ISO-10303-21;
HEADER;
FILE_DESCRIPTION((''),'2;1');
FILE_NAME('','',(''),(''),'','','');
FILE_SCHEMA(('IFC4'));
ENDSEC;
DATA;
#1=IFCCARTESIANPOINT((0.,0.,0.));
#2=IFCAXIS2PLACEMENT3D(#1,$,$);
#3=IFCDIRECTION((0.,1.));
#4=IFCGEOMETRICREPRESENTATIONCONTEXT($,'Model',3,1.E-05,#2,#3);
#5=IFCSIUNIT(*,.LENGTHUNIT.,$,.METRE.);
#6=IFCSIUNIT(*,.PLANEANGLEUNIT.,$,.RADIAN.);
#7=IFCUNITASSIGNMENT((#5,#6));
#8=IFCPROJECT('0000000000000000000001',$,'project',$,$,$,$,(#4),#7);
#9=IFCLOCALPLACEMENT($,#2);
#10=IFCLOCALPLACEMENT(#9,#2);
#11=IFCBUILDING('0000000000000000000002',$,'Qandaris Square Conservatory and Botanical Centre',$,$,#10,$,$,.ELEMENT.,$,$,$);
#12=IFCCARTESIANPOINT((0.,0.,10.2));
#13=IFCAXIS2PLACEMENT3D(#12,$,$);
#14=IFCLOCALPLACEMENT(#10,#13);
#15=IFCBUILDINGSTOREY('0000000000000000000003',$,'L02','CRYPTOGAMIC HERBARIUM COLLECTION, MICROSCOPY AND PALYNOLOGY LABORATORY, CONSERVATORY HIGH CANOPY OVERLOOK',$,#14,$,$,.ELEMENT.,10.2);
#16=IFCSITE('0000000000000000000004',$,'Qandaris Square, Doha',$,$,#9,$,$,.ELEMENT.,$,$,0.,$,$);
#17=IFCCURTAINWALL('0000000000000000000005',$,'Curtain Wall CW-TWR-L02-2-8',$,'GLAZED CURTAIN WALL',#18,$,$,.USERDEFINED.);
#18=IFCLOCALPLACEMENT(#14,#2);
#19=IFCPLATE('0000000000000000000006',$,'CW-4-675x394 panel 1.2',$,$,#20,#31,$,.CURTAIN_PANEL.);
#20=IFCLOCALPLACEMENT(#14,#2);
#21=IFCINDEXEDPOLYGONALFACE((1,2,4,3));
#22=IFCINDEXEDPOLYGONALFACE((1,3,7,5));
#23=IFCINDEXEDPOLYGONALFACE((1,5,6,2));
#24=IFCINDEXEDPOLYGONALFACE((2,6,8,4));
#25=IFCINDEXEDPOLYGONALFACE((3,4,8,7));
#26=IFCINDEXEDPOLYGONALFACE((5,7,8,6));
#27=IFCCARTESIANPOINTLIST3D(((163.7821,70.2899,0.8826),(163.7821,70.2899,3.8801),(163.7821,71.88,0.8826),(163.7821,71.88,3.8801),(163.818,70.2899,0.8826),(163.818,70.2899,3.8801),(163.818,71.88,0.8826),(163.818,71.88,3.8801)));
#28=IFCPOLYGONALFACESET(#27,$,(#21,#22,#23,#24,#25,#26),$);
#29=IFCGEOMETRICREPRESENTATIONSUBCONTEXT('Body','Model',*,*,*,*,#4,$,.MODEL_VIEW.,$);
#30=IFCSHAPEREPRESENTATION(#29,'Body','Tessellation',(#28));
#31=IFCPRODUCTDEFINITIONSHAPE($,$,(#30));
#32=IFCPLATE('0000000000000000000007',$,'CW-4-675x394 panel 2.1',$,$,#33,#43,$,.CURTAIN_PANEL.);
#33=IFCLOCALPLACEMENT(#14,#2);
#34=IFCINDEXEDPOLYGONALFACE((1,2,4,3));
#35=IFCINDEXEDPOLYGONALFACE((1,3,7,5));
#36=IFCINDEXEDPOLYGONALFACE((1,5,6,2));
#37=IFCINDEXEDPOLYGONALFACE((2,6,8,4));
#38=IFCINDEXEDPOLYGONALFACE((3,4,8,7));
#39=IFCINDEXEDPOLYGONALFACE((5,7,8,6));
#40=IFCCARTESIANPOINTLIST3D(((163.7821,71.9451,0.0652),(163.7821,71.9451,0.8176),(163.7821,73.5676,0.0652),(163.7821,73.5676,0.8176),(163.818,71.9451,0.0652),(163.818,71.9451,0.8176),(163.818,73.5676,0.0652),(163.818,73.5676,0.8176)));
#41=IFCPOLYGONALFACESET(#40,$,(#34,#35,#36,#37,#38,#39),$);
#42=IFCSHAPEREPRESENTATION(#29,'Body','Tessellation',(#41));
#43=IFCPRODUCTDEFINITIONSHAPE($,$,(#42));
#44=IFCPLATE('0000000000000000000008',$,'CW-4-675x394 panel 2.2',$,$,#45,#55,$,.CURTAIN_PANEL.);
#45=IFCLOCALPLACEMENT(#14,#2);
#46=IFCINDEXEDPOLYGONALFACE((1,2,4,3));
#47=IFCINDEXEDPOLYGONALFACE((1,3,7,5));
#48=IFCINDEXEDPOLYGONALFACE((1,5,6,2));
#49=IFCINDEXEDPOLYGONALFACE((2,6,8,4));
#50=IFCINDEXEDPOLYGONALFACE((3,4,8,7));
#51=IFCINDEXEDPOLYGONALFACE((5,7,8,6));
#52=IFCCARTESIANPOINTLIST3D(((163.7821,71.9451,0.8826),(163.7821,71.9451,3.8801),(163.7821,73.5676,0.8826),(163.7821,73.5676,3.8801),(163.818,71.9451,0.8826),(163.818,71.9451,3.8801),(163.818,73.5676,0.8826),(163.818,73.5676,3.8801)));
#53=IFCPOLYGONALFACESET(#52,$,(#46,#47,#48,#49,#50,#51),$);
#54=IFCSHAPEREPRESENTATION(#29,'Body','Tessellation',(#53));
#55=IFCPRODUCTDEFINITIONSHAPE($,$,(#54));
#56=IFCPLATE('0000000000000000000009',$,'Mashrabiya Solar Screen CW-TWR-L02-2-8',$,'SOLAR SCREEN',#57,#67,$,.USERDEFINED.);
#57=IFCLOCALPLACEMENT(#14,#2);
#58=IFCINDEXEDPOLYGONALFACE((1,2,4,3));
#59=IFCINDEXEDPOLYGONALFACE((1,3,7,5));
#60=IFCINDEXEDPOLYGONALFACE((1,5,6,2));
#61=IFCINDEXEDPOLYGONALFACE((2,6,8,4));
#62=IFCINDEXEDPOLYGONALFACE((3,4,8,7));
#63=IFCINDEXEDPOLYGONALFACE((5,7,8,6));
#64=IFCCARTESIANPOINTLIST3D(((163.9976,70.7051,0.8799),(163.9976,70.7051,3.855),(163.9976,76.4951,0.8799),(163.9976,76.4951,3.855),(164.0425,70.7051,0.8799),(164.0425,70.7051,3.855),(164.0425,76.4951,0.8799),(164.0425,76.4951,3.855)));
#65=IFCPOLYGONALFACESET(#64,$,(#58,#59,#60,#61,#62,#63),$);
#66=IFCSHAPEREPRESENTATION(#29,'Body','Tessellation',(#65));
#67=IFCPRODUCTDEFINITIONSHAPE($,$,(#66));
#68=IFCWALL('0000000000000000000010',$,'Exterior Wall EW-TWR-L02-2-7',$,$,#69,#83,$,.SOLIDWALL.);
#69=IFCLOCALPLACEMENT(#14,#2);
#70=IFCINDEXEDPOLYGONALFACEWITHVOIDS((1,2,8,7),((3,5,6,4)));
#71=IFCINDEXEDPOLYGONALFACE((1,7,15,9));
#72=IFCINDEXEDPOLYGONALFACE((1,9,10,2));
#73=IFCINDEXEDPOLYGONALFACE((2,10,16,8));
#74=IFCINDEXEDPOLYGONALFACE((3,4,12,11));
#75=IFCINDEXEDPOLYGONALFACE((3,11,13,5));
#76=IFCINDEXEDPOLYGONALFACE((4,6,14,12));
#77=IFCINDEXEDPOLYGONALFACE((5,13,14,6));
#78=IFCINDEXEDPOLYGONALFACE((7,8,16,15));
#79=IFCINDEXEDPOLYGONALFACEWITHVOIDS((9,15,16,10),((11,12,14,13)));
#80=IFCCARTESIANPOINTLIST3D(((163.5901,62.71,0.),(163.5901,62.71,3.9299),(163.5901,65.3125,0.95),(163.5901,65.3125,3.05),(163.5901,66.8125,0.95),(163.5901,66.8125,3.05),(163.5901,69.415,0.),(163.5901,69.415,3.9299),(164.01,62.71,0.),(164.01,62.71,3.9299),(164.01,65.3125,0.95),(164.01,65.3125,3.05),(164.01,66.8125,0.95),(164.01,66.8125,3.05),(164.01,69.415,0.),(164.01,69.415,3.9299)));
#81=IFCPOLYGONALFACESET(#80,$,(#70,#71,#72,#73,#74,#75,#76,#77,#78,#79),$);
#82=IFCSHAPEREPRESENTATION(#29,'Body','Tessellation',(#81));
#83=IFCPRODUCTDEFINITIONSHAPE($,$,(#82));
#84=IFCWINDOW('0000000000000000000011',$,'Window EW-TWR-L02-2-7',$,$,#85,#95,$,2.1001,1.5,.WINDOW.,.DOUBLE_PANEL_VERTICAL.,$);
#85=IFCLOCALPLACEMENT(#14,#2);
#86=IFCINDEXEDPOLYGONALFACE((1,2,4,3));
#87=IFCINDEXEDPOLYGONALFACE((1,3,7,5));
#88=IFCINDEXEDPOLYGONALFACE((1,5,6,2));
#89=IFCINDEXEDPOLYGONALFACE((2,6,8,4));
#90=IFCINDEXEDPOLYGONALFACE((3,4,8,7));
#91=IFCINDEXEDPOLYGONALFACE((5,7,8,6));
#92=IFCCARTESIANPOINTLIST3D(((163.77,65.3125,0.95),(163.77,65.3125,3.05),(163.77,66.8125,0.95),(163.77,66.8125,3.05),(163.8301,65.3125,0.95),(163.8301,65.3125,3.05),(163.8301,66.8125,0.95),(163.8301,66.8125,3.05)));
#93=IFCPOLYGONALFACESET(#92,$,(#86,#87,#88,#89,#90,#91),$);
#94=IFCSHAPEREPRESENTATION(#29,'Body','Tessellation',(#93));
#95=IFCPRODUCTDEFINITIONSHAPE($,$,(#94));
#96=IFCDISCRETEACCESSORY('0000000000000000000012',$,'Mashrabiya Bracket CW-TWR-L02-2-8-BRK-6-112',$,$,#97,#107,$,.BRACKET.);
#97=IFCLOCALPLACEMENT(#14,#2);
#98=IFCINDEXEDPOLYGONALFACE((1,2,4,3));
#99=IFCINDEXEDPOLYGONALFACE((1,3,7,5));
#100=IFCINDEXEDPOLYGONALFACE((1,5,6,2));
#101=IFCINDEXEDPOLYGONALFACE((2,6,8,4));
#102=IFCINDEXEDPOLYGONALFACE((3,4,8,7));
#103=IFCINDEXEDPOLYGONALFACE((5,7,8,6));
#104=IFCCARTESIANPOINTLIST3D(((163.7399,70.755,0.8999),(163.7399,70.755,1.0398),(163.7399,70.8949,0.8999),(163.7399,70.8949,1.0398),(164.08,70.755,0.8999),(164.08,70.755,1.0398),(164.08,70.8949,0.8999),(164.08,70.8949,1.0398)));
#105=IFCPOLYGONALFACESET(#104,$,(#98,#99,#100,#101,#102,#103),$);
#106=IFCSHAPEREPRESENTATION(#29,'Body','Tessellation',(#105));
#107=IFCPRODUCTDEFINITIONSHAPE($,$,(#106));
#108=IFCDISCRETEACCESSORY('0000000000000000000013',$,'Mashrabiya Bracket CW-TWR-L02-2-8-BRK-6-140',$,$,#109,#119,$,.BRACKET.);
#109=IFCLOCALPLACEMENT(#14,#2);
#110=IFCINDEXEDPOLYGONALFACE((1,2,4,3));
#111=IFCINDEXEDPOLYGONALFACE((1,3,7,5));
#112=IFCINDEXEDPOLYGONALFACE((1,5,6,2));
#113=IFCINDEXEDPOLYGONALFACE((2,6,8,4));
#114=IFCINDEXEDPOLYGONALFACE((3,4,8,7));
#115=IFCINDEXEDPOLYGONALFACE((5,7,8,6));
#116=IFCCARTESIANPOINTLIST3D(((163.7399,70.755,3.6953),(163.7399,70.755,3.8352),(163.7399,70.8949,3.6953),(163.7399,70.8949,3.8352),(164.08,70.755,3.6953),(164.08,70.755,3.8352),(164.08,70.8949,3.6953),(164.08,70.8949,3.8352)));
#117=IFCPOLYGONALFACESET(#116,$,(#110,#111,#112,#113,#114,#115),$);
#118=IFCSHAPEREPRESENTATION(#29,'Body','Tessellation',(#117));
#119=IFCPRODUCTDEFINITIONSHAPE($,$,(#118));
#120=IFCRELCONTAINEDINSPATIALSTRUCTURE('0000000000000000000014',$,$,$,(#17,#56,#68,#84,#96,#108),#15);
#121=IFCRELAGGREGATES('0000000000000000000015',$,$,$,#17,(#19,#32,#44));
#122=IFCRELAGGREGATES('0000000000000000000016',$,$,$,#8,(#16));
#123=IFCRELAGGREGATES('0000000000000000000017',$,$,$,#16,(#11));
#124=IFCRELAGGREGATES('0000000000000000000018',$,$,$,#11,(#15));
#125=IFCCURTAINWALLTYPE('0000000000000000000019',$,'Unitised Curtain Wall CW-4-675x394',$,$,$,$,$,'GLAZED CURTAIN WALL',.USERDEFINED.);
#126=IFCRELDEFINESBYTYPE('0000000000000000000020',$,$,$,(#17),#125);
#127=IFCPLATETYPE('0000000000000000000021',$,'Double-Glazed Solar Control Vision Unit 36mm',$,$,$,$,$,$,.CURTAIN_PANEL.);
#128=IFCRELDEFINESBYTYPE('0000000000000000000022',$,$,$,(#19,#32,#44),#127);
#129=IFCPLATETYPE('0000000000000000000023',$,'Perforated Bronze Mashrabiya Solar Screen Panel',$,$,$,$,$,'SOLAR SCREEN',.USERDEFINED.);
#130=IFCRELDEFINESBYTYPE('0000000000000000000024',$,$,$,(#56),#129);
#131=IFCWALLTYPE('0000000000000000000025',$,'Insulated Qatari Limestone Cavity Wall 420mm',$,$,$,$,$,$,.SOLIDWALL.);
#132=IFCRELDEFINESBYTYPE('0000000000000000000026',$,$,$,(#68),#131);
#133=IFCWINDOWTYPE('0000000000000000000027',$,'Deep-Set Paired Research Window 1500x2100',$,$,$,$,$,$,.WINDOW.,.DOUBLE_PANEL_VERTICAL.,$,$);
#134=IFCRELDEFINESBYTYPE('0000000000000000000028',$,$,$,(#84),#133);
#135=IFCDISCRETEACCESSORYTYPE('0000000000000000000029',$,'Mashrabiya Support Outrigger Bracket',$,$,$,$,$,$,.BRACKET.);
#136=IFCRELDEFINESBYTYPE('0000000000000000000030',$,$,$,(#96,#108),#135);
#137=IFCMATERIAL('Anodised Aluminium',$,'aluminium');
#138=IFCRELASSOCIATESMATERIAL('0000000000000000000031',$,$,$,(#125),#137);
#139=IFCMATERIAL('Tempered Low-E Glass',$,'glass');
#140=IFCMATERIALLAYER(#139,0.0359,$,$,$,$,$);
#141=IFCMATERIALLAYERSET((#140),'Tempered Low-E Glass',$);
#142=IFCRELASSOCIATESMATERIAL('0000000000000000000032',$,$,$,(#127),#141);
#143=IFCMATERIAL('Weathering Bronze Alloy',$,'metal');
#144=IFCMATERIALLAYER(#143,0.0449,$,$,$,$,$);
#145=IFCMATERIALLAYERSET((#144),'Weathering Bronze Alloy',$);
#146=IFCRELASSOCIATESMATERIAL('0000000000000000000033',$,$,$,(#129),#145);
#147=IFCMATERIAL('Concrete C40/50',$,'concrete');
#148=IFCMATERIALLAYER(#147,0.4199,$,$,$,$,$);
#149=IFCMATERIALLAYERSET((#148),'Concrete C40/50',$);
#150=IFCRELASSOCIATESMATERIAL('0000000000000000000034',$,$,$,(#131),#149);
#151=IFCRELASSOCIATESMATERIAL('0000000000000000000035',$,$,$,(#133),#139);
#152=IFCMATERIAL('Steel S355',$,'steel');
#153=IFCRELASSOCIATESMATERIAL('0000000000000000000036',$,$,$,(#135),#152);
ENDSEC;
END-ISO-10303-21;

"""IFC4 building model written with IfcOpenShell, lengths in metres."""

from ifc_helpers import new_model, si_unit, direction, frame, frame_2d, origin, origin_2d, place, context, subcontext, project, spatial, rectangle, extrude, material, layer, layer_set, type_object, element, fill, aggregate, save


model = new_model("IFC4")

# Units and contexts
model_context = context("Model", 3, precision=1e-05, world=origin(), true_north=direction((0.0, 1.0)))
body_context = subcontext(model_context, "Body", "Model", "MODEL_VIEW")
ifc_project = project(units=[si_unit("LENGTHUNIT", "METRE"), si_unit("PLANEANGLEUNIT", "RADIAN")], contexts=[model_context])

# Site, building, storey
site_placement = place(None, origin())
site = spatial("IfcSite", under=ifc_project, at=site_placement, Name="Qandaris Square, Doha", CompositionType="ELEMENT", RefElevation=0.0)
building_placement = place(site_placement, origin())
building = spatial("IfcBuilding", under=site, at=building_placement, Name="Qandaris Square Conservatory and Botanical Centre", CompositionType="ELEMENT")
storey_placement = place(building_placement, frame((0.0, 0.0, 10.2)))
storey = spatial("IfcBuildingStorey", under=building, at=storey_placement, Name="L02", Description="CRYPTOGAMIC HERBARIUM COLLECTION, MICROSCOPY AND PALYNOLOGY LABORATORY, CONSERVATORY HIGH CANOPY OVERLOOK", CompositionType="ELEMENT", Elevation=10.2)

# Shared definitions
ifc_material_1 = material(Name="Steel S355", Category="steel")

# Curtain wall
ifc_material_2 = material(Name="Anodised Aluminium", Category="aluminium")
curtain_wall_type = type_object("IfcCurtainWallType", Name="Unitised Curtain Wall CW-4-675x394", ElementType="GLAZED CURTAIN WALL", PredefinedType="USERDEFINED", material=ifc_material_2)
curtain_wall_placement = place(storey_placement, origin())
curtain_wall = element("IfcCurtainWall", 1, at=curtain_wall_placement, inside=storey, type_object=curtain_wall_type, Name="Curtain Wall CW-TWR-L02-2-8", ObjectType="GLAZED CURTAIN WALL", PredefinedType="USERDEFINED")

# Plates
ifc_material_3 = material(Name="Tempered Low-E Glass", Category="glass")
ifc_layer_1 = layer(ifc_material_3, 0.0359)
ifc_layer_set_1 = layer_set([ifc_layer_1], Name="Tempered Low-E Glass")
plate_type_1 = type_object("IfcPlateType", Name="Double-Glazed Solar Control Vision Unit 36mm", PredefinedType="CURTAIN_PANEL", material=ifc_layer_set_1)
plate_1_placement = place(storey_placement, frame((163.8, 71.085, 0.8826), z_axis=(0.0, 0.0, 1.0), x_axis=(0.0, 1.0, 0.0)))
plate_1 = element("IfcPlate", 2, at=plate_1_placement, type_object=plate_type_1, Name="CW-4-675x394 panel 1.2", PredefinedType="CURTAIN_PANEL", context=body_context, shape_type="SweptSolid", body=[
    extrude(rectangle(XDim=1.5901, YDim=0.0359, at=origin_2d()), origin(), (0.0, 0.0, 1.0), 2.9976),
])
plate_2_placement = place(storey_placement, frame((163.8, 72.7563, 0.0652), z_axis=(0.0, 0.0, 1.0), x_axis=(0.0, 1.0, 0.0)))
plate_2 = element("IfcPlate", 3, at=plate_2_placement, type_object=plate_type_1, Name="CW-4-675x394 panel 2.1", PredefinedType="CURTAIN_PANEL", context=body_context, shape_type="SweptSolid", body=[
    extrude(rectangle(XDim=1.6226, YDim=0.0359, at=origin_2d()), origin(), (0.0, 0.0, 1.0), 0.7524),
])
plate_3_placement = place(storey_placement, frame((163.8, 72.7563, 0.8826), z_axis=(0.0, 0.0, 1.0), x_axis=(0.0, 1.0, 0.0)))
plate_3 = element("IfcPlate", 4, at=plate_3_placement, type_object=plate_type_1, Name="CW-4-675x394 panel 2.2", PredefinedType="CURTAIN_PANEL", context=body_context, shape_type="SweptSolid", body=[
    extrude(rectangle(XDim=1.6226, YDim=0.0359, at=origin_2d()), origin(), (0.0, 0.0, 1.0), 2.9976),
])
aggregate(curtain_wall, [plate_1, plate_2, plate_3])
ifc_material_4 = material(Name="Weathering Bronze Alloy", Category="metal")
ifc_layer_2 = layer(ifc_material_4, 0.0449)
ifc_layer_set_2 = layer_set([ifc_layer_2], Name="Weathering Bronze Alloy")
plate_type_2 = type_object("IfcPlateType", Name="Perforated Bronze Mashrabiya Solar Screen Panel", ElementType="SOLAR SCREEN", PredefinedType="USERDEFINED", material=ifc_layer_set_2)
plate_4_placement = place(storey_placement, frame((164.02, 73.6001, 0.8799), z_axis=(0.0, 0.0, 1.0), x_axis=(0.0, 1.0, 0.0)))
element("IfcPlate", 5, at=plate_4_placement, inside=storey, type_object=plate_type_2, Name="Mashrabiya Solar Screen CW-TWR-L02-2-8", ObjectType="SOLAR SCREEN", PredefinedType="USERDEFINED", context=body_context, shape_type="SweptSolid", body=[
    extrude(rectangle(XDim=5.79, YDim=0.0449, at=origin_2d()), origin(), (0.0, 0.0, 1.0), 2.9751),
])

# Wall, opening, window
ifc_material_5 = material(Name="Concrete C40/50", Category="concrete")
ifc_layer_3 = layer(ifc_material_5, 0.4199)
ifc_layer_set_3 = layer_set([ifc_layer_3], Name="Concrete C40/50")
wall_type = type_object("IfcWallType", Name="Insulated Qatari Limestone Cavity Wall 420mm", PredefinedType="SOLIDWALL", material=ifc_layer_set_3)
wall_placement = place(storey_placement, frame((163.8, 62.71, 0.0), z_axis=(0.0, 0.0, 1.0), x_axis=(0.0, 1.0, 0.0)))
wall = element("IfcWall", 6, at=wall_placement, inside=storey, type_object=wall_type, Name="Exterior Wall EW-TWR-L02-2-7", PredefinedType="SOLIDWALL", context=body_context, shape_type="SweptSolid", body=[
    extrude(rectangle(XDim=6.7051, YDim=0.4199, at=frame_2d((3.3525, 0.0))), origin(), (0.0, 0.0, 1.0), 3.9299),
])
opening_placement = place(wall_placement, frame((2.6025, 0.0, 0.95)))
opening = element("IfcOpeningElement", 7, at=opening_placement, cuts=wall, PredefinedType="OPENING", context=body_context, shape_type="SweptSolid", body=[
    extrude(rectangle(XDim=1.5, YDim=2.1001, at=frame_2d((0.75, 1.05))), frame((0.0, 0.2219, 0.0), z_axis=(0.0, -1.0, 0.0), x_axis=(1.0, 0.0, 0.0)), (0.0, 0.0, 1.0), 0.4438),
])
window_type = type_object("IfcWindowType", Name="Deep-Set Paired Research Window 1500x2100", PartitioningType="DOUBLE_PANEL_VERTICAL", PredefinedType="WINDOW", material=ifc_material_3)
window_placement = place(opening_placement, origin())
window = element("IfcWindow", 8, at=window_placement, inside=storey, type_object=window_type, Name="Window EW-TWR-L02-2-7", OverallHeight=2.1001, OverallWidth=1.5, PartitioningType="DOUBLE_PANEL_VERTICAL", PredefinedType="WINDOW", context=body_context, shape_type="SweptSolid", body=[
    extrude(rectangle(XDim=1.5, YDim=2.1001, at=frame_2d((0.75, 1.05))), frame((0.0, 0.03, 0.0), z_axis=(0.0, -1.0, 0.0), x_axis=(1.0, 0.0, 0.0)), (0.0, 0.0, 1.0), 0.0601),
])
fill(opening, window)

# Discrete accessories
discrete_accessory_type = type_object("IfcDiscreteAccessoryType", Name="Mashrabiya Support Outrigger Bracket", PredefinedType="BRACKET", material=ifc_material_1)
for number, where, z_axis, x_axis, name in (
    (9, (163.9099, 70.825, 0.8999), (0.0, 0.0, 1.0), (0.0, 1.0, 0.0), "Mashrabiya Bracket CW-TWR-L02-2-8-BRK-6-112"),
    (10, (163.9099, 70.825, 3.6953), (0.0, 0.0, 1.0), (0.0, 1.0, 0.0), "Mashrabiya Bracket CW-TWR-L02-2-8-BRK-6-140"),
):
    element("IfcDiscreteAccessory", number, at=place(storey_placement, frame(where, z_axis=z_axis, x_axis=x_axis)), inside=storey, type_object=discrete_accessory_type, Name=name, PredefinedType="BRACKET", context=body_context, shape_type="SweptSolid", body=[
        extrude(rectangle(XDim=0.1399, YDim=0.3401, at=origin_2d()), origin(), (0.0, 0.0, 1.0), 0.1399),
    ])

save(model, "model.ifc")
